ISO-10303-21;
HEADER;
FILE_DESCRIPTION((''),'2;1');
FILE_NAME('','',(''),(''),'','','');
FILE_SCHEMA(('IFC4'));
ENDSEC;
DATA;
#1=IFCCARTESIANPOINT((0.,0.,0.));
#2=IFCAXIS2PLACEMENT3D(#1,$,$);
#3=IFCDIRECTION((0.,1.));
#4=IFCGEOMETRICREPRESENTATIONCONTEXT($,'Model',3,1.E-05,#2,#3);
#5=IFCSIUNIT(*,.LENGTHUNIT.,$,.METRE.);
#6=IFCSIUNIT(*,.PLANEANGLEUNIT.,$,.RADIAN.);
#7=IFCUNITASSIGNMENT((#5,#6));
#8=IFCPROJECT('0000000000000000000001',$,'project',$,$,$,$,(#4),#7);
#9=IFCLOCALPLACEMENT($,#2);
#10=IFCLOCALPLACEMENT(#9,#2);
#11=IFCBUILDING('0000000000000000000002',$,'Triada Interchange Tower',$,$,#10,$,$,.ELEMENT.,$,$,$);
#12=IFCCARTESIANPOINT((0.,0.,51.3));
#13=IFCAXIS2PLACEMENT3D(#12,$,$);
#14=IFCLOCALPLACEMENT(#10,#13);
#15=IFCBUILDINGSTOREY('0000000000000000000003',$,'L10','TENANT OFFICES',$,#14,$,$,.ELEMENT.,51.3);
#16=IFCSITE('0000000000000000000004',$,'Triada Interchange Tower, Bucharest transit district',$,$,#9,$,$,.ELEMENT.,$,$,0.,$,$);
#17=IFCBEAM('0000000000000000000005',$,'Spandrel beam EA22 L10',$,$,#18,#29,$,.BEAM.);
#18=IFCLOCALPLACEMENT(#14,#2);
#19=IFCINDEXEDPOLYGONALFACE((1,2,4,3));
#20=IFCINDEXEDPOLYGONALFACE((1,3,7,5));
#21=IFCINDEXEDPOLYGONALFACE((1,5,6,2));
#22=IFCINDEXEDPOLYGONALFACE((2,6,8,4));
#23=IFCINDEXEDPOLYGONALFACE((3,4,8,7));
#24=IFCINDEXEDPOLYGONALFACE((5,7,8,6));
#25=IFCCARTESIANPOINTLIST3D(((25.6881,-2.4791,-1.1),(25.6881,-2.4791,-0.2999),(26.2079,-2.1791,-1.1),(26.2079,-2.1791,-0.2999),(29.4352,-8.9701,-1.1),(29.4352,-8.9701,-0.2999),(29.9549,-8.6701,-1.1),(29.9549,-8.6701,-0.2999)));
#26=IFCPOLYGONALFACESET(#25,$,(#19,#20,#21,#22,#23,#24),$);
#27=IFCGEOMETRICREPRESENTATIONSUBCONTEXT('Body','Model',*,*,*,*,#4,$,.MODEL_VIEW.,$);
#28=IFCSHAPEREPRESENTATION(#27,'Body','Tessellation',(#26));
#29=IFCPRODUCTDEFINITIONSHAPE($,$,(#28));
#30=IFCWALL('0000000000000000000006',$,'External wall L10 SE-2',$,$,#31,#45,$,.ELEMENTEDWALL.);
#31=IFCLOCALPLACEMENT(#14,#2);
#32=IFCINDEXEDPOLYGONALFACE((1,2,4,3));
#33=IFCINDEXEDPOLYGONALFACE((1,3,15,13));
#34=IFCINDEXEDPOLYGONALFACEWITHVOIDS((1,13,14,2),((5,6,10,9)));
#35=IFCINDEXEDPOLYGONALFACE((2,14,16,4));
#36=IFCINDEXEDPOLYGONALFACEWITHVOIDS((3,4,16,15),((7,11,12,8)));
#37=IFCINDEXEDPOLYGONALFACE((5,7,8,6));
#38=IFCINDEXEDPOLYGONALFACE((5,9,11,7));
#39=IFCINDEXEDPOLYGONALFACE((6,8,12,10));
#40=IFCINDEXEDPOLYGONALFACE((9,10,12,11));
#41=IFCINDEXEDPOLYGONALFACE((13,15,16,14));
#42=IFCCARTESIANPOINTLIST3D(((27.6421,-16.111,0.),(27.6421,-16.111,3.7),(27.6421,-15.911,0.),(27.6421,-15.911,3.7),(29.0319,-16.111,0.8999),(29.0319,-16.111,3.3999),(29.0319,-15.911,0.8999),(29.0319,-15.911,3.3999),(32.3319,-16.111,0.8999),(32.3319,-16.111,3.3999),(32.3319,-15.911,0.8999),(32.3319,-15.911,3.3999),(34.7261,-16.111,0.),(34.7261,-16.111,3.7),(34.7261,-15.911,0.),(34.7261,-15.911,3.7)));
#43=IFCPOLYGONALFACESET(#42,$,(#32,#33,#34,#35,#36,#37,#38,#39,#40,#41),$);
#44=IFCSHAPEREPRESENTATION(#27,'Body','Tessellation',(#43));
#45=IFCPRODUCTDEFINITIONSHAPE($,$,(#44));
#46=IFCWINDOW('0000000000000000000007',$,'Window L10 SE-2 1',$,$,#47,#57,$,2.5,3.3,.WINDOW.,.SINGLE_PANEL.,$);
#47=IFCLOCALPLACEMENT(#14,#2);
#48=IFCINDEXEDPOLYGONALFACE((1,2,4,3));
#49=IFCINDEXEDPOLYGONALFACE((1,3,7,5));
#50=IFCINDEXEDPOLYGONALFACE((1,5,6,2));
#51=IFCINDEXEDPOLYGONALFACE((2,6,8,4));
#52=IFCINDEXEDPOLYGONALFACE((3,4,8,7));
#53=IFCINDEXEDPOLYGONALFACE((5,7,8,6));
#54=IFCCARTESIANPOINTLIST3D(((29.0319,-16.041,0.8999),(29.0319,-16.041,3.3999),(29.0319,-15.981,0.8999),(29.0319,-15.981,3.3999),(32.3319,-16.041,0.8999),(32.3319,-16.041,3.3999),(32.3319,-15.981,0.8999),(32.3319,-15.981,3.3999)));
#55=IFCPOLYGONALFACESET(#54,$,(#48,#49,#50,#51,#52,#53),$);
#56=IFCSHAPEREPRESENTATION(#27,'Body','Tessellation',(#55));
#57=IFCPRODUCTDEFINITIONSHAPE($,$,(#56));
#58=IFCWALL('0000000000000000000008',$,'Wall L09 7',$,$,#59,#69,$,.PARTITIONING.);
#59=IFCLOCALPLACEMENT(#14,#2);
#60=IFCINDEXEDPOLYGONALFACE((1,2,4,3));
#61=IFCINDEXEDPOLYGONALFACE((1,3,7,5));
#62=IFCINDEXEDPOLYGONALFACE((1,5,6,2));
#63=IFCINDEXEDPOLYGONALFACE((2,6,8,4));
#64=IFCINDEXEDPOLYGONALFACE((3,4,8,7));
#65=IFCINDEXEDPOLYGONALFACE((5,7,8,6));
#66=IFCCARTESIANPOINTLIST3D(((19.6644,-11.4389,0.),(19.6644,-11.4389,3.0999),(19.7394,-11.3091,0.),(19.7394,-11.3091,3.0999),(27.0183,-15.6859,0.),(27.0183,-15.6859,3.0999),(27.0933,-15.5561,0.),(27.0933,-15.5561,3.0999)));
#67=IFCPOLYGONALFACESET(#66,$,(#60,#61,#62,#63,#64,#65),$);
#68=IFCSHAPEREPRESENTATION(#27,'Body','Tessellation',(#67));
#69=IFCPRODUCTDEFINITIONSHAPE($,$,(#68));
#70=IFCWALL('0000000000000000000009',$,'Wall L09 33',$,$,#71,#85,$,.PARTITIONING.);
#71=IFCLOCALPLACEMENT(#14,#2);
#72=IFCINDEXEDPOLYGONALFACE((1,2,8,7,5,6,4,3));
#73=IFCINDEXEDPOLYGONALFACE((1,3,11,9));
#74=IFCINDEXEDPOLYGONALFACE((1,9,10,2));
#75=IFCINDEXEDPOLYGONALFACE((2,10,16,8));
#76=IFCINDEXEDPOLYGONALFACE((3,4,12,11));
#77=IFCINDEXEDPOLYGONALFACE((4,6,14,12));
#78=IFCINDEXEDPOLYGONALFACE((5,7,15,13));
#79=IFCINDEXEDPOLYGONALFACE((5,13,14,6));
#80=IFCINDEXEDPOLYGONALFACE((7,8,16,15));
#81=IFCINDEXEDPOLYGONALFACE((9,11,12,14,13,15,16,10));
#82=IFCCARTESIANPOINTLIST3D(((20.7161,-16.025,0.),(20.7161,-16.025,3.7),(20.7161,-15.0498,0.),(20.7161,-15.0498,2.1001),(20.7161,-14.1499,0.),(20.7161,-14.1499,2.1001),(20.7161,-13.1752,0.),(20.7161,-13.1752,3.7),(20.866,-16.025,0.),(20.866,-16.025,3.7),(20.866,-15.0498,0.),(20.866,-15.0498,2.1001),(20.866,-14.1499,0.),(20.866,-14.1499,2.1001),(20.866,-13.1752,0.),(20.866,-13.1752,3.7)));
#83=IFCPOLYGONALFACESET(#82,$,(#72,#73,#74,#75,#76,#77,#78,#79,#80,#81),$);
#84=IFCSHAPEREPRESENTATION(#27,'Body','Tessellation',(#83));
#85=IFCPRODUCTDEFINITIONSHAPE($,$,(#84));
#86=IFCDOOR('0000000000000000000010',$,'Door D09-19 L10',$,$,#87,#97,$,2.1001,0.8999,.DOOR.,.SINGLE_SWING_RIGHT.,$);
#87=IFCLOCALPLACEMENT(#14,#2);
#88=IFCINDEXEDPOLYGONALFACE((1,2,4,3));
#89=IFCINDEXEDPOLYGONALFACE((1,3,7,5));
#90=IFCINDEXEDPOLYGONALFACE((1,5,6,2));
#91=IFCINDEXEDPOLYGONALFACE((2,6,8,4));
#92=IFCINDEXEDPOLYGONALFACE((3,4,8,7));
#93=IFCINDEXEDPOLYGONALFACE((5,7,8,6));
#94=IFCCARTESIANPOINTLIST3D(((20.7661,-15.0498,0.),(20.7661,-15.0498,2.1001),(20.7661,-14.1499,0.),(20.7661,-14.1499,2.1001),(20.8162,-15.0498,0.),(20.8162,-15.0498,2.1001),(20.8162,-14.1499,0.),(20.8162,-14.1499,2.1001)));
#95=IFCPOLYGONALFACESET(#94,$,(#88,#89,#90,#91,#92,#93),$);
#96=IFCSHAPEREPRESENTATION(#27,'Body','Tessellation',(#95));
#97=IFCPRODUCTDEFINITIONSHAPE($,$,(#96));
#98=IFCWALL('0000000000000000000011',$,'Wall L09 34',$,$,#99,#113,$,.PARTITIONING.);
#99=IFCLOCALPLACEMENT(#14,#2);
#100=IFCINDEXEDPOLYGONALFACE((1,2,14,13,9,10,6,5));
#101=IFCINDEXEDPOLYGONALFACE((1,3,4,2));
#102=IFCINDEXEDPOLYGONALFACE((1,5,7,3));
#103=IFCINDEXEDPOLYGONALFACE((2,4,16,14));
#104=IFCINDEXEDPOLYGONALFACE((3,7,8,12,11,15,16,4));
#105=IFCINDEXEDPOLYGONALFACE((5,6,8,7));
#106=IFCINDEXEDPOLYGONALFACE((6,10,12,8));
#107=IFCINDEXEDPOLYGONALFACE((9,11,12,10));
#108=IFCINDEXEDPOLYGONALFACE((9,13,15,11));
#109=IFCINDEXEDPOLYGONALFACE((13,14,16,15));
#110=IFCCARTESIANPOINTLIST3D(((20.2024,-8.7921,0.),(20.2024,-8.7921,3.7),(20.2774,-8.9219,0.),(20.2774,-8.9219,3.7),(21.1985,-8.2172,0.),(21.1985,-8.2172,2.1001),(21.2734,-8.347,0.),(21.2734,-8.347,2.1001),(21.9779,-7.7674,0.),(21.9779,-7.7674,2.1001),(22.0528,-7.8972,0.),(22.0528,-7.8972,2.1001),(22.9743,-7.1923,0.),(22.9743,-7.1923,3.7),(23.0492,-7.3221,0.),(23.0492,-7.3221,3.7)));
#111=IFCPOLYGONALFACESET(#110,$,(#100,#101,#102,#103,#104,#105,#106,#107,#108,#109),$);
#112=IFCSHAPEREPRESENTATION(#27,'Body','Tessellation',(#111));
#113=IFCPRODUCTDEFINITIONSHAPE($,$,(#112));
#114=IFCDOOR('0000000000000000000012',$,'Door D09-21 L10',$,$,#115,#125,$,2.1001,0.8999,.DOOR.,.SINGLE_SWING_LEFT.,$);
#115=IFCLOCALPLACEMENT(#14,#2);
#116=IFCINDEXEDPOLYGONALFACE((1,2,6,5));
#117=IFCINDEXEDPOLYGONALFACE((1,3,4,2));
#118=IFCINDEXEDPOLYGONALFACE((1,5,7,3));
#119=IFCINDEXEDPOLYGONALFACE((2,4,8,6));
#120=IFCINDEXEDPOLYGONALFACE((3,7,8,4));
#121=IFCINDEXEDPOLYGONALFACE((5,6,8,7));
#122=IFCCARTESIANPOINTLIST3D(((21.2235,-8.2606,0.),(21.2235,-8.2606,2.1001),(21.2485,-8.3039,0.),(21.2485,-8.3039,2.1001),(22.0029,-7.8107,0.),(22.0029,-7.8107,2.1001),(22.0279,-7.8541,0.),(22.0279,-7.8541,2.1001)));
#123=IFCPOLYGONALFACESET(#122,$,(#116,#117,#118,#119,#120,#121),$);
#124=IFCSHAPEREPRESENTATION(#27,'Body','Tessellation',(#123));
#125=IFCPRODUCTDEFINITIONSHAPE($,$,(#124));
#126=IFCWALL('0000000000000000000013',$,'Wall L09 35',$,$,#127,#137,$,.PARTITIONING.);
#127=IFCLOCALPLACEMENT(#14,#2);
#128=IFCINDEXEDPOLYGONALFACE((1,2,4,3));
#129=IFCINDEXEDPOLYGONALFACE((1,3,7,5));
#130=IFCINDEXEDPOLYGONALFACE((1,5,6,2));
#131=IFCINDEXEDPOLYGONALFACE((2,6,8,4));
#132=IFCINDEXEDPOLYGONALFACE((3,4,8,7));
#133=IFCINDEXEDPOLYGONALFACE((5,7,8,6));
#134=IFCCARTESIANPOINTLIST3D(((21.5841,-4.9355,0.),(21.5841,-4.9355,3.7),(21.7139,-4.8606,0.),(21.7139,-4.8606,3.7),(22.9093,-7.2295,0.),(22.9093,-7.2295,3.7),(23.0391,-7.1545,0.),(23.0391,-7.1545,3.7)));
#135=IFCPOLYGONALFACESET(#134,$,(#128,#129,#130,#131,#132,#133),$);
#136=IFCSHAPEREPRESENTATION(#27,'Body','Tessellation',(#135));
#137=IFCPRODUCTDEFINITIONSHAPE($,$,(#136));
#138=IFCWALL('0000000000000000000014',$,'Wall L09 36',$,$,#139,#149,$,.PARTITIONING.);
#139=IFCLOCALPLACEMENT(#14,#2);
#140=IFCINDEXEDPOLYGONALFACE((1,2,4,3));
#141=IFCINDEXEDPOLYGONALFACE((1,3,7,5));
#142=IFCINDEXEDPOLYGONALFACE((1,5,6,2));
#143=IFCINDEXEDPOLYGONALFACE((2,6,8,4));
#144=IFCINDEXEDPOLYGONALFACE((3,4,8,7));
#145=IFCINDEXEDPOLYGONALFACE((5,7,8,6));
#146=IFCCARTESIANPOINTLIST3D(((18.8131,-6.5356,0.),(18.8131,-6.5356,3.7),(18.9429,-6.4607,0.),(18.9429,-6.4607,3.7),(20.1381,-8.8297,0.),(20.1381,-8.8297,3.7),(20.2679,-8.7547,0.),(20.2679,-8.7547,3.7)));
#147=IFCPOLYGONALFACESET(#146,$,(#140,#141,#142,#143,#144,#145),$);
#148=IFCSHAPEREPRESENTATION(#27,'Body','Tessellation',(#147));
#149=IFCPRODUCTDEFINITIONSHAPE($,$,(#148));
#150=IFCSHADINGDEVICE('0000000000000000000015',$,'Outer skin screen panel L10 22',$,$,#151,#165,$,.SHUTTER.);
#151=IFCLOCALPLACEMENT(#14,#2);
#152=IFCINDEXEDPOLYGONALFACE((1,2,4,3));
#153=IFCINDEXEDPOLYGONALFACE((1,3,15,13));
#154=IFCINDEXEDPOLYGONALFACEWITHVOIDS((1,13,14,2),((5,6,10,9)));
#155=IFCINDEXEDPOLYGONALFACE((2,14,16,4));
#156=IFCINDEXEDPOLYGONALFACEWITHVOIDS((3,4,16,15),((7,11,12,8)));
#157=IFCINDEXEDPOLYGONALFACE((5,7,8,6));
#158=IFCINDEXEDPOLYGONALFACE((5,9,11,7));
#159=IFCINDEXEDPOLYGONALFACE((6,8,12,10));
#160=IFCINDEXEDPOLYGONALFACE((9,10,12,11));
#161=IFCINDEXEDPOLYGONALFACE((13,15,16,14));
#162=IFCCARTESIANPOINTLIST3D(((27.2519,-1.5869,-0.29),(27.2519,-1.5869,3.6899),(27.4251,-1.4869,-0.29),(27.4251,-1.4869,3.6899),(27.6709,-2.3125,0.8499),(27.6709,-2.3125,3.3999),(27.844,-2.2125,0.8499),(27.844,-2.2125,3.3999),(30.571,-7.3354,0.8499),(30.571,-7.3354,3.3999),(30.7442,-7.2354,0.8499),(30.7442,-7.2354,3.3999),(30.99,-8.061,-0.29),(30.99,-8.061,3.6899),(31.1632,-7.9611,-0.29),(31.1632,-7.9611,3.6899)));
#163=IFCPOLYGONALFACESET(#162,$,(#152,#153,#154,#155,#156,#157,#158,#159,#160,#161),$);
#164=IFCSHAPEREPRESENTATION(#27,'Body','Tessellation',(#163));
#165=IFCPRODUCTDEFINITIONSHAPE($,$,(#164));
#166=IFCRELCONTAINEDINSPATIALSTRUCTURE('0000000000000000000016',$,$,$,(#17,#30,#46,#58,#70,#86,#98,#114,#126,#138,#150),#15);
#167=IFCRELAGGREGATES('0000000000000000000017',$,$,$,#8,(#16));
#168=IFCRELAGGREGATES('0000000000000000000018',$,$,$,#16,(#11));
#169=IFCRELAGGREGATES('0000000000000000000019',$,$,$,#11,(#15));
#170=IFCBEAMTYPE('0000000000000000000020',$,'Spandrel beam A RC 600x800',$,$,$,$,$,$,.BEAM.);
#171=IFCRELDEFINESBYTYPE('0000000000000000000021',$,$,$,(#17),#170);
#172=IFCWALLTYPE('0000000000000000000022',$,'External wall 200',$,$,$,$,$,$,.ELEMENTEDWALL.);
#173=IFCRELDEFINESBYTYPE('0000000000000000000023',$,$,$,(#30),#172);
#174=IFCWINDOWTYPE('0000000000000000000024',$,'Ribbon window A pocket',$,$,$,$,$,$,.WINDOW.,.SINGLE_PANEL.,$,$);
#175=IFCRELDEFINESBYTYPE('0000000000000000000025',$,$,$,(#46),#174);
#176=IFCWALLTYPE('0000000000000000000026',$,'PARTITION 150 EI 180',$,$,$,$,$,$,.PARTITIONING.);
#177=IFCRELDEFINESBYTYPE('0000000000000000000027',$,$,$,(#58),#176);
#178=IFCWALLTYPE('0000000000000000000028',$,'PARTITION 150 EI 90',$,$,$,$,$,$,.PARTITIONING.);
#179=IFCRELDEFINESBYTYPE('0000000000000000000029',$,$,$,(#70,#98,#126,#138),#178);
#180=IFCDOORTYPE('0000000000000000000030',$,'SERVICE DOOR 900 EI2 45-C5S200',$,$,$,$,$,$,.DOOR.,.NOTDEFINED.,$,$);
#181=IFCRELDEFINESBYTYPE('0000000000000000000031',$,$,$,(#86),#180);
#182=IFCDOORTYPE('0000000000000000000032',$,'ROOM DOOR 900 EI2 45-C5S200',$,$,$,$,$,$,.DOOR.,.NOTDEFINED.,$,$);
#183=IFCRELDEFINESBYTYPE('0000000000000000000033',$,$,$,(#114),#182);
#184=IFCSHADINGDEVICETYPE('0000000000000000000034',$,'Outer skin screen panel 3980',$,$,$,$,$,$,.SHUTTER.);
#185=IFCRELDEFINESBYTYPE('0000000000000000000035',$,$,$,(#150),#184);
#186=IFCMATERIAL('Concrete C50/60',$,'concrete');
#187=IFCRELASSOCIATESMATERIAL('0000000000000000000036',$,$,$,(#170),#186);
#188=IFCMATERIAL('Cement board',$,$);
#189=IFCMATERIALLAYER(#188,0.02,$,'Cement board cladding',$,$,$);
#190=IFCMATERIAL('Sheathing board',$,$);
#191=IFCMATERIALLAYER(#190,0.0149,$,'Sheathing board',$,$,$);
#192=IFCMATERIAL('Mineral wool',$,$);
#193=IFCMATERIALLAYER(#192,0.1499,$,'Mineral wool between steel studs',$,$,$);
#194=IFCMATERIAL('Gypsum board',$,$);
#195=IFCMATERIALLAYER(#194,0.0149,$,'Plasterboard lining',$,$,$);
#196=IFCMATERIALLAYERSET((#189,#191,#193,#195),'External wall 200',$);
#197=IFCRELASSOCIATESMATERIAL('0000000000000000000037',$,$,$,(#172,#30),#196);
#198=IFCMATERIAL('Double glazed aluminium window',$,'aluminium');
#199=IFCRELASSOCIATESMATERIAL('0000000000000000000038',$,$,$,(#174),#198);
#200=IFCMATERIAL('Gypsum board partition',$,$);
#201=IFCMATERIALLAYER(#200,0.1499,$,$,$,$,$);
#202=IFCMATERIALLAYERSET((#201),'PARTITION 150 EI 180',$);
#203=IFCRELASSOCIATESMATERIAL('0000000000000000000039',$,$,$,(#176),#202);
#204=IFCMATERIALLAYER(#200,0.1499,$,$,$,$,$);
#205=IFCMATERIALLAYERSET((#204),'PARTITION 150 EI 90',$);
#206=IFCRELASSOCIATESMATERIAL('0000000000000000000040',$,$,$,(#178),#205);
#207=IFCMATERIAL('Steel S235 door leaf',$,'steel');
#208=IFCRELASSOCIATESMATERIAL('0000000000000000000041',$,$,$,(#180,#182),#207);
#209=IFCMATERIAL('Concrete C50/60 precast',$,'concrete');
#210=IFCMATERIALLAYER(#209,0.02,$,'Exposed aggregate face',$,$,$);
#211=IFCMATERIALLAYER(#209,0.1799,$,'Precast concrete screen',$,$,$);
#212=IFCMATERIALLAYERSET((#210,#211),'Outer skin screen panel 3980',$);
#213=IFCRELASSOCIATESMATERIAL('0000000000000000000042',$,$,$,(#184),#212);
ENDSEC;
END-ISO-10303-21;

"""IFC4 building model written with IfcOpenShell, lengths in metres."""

from ifc_helpers import new_model, si_unit, direction, frame, frame_2d, origin, origin_2d, place, context, subcontext, project, spatial, polyline, rectangle, outline, extrude, material, layer, layer_set, layer_usage, material_profile, profile_set, type_object, element, fill, save


model = new_model("IFC4")

# Units and contexts
model_context = context("Model", 3, precision=1e-05, world=origin(), true_north=direction((0.0, 1.0)))
body_context = subcontext(model_context, "Body", "Model", "MODEL_VIEW")
ifc_project = project(units=[si_unit("LENGTHUNIT", "METRE"), si_unit("PLANEANGLEUNIT", "RADIAN")], contexts=[model_context])

# Site, building, storey
site_placement = place(None, origin())
site = spatial("IfcSite", under=ifc_project, at=site_placement, Name="Triada Interchange Tower, Bucharest transit district", CompositionType="ELEMENT", RefElevation=0.0)
building_placement = place(site_placement, origin())
building = spatial("IfcBuilding", under=site, at=building_placement, Name="Triada Interchange Tower", CompositionType="ELEMENT")
storey_placement = place(building_placement, frame((0.0, 0.0, 51.3)))
storey = spatial("IfcBuildingStorey", under=building, at=storey_placement, Name="L10", Description="TENANT OFFICES", CompositionType="ELEMENT", Elevation=51.3)

# Beam
ifc_material_1 = material(Name="Concrete C50/60", Category="concrete")
ifc_material_profile_1 = material_profile(ifc_material_1, rectangle(XDim=0.6001, YDim=0.8, at=origin_2d()), Name="RC 600x800")
ifc_profile_set_1 = profile_set([ifc_material_profile_1], Name="Concrete C50/60")
beam_type_1 = type_object("IfcBeamType", Name="Spandrel beam A RC 600x800", PredefinedType="BEAM", material=ifc_profile_set_1)
beam_1_placement = place(storey_placement, frame((29.6951, -8.8201, -0.7), z_axis=(-0.499951, 0.866054, 0.0), x_axis=(-0.866054, -0.499951, 0.0)))
element("IfcBeam", 1, at=beam_1_placement, inside=storey, type_object=beam_type_1, Name="Spandrel beam EA22 L10", PredefinedType="BEAM", context=body_context, shape_type="SweptSolid", body=[
    extrude(rectangle(XDim=0.6001, YDim=0.8, at=origin_2d()), origin(), (0.0, 0.0, 1.0), 7.4949),
])

# Wall, opening, window
ifc_material_2 = material(Name="Cement board")
ifc_layer_1 = layer(ifc_material_2, 0.02, Name="Cement board cladding")
ifc_material_3 = material(Name="Sheathing board")
ifc_layer_2 = layer(ifc_material_3, 0.0149, Name="Sheathing board")
ifc_material_4 = material(Name="Mineral wool")
ifc_layer_3 = layer(ifc_material_4, 0.1499, Name="Mineral wool between steel studs")
ifc_material_5 = material(Name="Gypsum board")
ifc_layer_4 = layer(ifc_material_5, 0.0149, Name="Plasterboard lining")
ifc_layer_set_1 = layer_set([ifc_layer_1, ifc_layer_2, ifc_layer_3, ifc_layer_4], Name="External wall 200")
ifc_layer_usage = layer_usage(ifc_layer_set_1, "AXIS2", "POSITIVE", -0.1001)
wall_type_1 = type_object("IfcWallType", Name="External wall 200", PredefinedType="ELEMENTEDWALL", material=ifc_layer_set_1)
wall_1_placement = place(storey_placement, frame((27.6421, -16.011, 0.0), z_axis=(0.0, 0.0, 1.0), x_axis=(1.0, 0.0, 0.0)))
wall_1 = element("IfcWall", 2, at=wall_1_placement, inside=storey, type_object=wall_type_1, material=ifc_layer_usage, Name="External wall L10 SE-2", PredefinedType="ELEMENTEDWALL", context=body_context, shape_type="SweptSolid", body=[
    extrude(rectangle(XDim=7.084, YDim=0.2, at=frame_2d((3.542, 0.0))), origin(), (0.0, 0.0, 1.0), 3.7),
])
opening_1_placement = place(wall_1_placement, frame((1.3899, 0.0, 0.8999)))
opening_1 = element("IfcOpeningElement", 3, at=opening_1_placement, cuts=wall_1, PredefinedType="OPENING", context=body_context, shape_type="SweptSolid", body=[
    extrude(rectangle(XDim=3.3, YDim=2.5, at=frame_2d((1.6499, 1.25))), frame((0.0, 0.1099, 0.0), z_axis=(0.0, -1.0, 0.0), x_axis=(1.0, 0.0, 0.0)), (0.0, 0.0, 1.0), 0.22),
])
ifc_material_6 = material(Name="Double glazed aluminium window", Category="aluminium")
window_type = type_object("IfcWindowType", Name="Ribbon window A pocket", PartitioningType="SINGLE_PANEL", PredefinedType="WINDOW", material=ifc_material_6)
window_placement = place(opening_1_placement, origin())
window = element("IfcWindow", 4, at=window_placement, inside=storey, type_object=window_type, Name="Window L10 SE-2 1", OverallHeight=2.5, OverallWidth=3.3, PartitioningType="SINGLE_PANEL", PredefinedType="WINDOW", context=body_context, shape_type="SweptSolid", body=[
    extrude(rectangle(XDim=3.3, YDim=2.5, at=frame_2d((1.6499, 1.25))), frame((0.0, 0.03, 0.0), z_axis=(0.0, -1.0, 0.0), x_axis=(1.0, 0.0, 0.0)), (0.0, 0.0, 1.0), 0.0601),
])
fill(opening_1, window)

# Wall
ifc_material_7 = material(Name="Gypsum board partition")
ifc_layer_5 = layer(ifc_material_7, 0.1499)
ifc_layer_set_2 = layer_set([ifc_layer_5], Name="PARTITION 150 EI 180")
wall_type_2 = type_object("IfcWallType", Name="PARTITION 150 EI 180", PredefinedType="PARTITIONING", material=ifc_layer_set_2)
wall_2_placement = place(storey_placement, frame((19.7019, -11.374, 0.0), z_axis=(0.0, 0.0, 1.0), x_axis=(0.865962, -0.500109, 0.0)))
element("IfcWall", 5, at=wall_2_placement, inside=storey, type_object=wall_type_2, Name="Wall L09 7", PredefinedType="PARTITIONING", context=body_context, shape_type="SweptSolid", body=[
    extrude(rectangle(XDim=8.4922, YDim=0.1499, at=frame_2d((4.2461, 0.0))), origin(), (0.0, 0.0, 1.0), 3.0999),
])

# Walls, openings, doors
ifc_layer_6 = layer(ifc_material_7, 0.1499)
ifc_layer_set_3 = layer_set([ifc_layer_6], Name="PARTITION 150 EI 90")
wall_type_3 = type_object("IfcWallType", Name="PARTITION 150 EI 90", PredefinedType="PARTITIONING", material=ifc_layer_set_3)
wall_3_placement = place(storey_placement, frame((20.791, -16.0249, 0.0), z_axis=(0.0, 0.0, 1.0), x_axis=(0.0, 1.0, 0.0)))
wall_3 = element("IfcWall", 6, at=wall_3_placement, inside=storey, type_object=wall_type_3, Name="Wall L09 33", PredefinedType="PARTITIONING", context=body_context, shape_type="SweptSolid", body=[
    extrude(rectangle(XDim=2.8499, YDim=0.1499, at=frame_2d((1.4248, 0.0))), origin(), (0.0, 0.0, 1.0), 3.7),
])
opening_2_placement = place(wall_3_placement, frame((0.9751, 0.0, 0.0)))
opening_2 = element("IfcOpeningElement", 7, at=opening_2_placement, cuts=wall_3, PredefinedType="OPENING", context=body_context, shape_type="SweptSolid", body=[
    extrude(rectangle(XDim=0.8999, YDim=2.1001, at=frame_2d((0.45, 1.05))), frame((0.0, 0.085, 0.0), z_axis=(0.0, -1.0, 0.0), x_axis=(1.0, 0.0, 0.0)), (0.0, 0.0, 1.0), 0.1699),
])
ifc_material_8 = material(Name="Steel S235 door leaf", Category="steel")
door_type_1 = type_object("IfcDoorType", Name="SERVICE DOOR 900 EI2 45-C5S200", OperationType="NOTDEFINED", PredefinedType="DOOR", material=ifc_material_8)
door_1_placement = place(opening_2_placement, origin())
door_1 = element("IfcDoor", 8, at=door_1_placement, inside=storey, type_object=door_type_1, Name="Door D09-19 L10", OperationType="SINGLE_SWING_RIGHT", OverallHeight=2.1001, OverallWidth=0.8999, PredefinedType="DOOR", context=body_context, shape_type="SweptSolid", body=[
    extrude(rectangle(XDim=0.8999, YDim=2.1001, at=frame_2d((0.45, 1.05))), frame((0.0, 0.0249, 0.0), z_axis=(0.0, -1.0, 0.0), x_axis=(1.0, 0.0, 0.0)), (0.0, 0.0, 1.0), 0.05),
])
fill(opening_2, door_1)
wall_4_placement = place(storey_placement, frame((20.24, -8.8569, 0.0), z_axis=(0.0, 0.0, 1.0), x_axis=(0.866099, 0.499872, 0.0)))
wall_4 = element("IfcWall", 9, at=wall_4_placement, inside=storey, type_object=wall_type_3, Name="Wall L09 34", PredefinedType="PARTITIONING", context=body_context, shape_type="SweptSolid", body=[
    extrude(rectangle(XDim=3.2004, YDim=0.1499, at=frame_2d((1.6001, 0.0))), origin(), (0.0, 0.0, 1.0), 3.7),
])
opening_3_placement = place(wall_4_placement, frame((1.1499, 0.0, 0.0)))
opening_3 = element("IfcOpeningElement", 10, at=opening_3_placement, cuts=wall_4, PredefinedType="OPENING", context=body_context, shape_type="SweptSolid", body=[
    extrude(rectangle(XDim=0.8999, YDim=2.1001, at=frame_2d((0.45, 1.05))), frame((0.0, 0.085, 0.0), z_axis=(0.0, -1.0, 0.0), x_axis=(1.0, 0.0, 0.0)), (0.0, 0.0, 1.0), 0.1699),
])
door_type_2 = type_object("IfcDoorType", Name="ROOM DOOR 900 EI2 45-C5S200", OperationType="NOTDEFINED", PredefinedType="DOOR", material=ifc_material_8)
door_2_placement = place(opening_3_placement, origin())
door_2 = element("IfcDoor", 11, at=door_2_placement, inside=storey, type_object=door_type_2, Name="Door D09-21 L10", OperationType="SINGLE_SWING_LEFT", OverallHeight=2.1001, OverallWidth=0.8999, PredefinedType="DOOR", context=body_context, shape_type="SweptSolid", body=[
    extrude(rectangle(XDim=0.8999, YDim=2.1001, at=frame_2d((0.45, 1.05))), frame((0.0, 0.0249, 0.0), z_axis=(0.0, -1.0, 0.0), x_axis=(1.0, 0.0, 0.0)), (0.0, 0.0, 1.0), 0.05),
])
fill(opening_3, door_2)

# Walls
for number, where, z_axis, x_axis, name in (
    (12, (21.6489, -4.8979, 0.0), (0.0, 0.0, 1.0), (0.500222, -0.865897, 0.0), "Wall L09 35"),
    (13, (18.8779, -6.498, 0.0), (0.0, 0.0, 1.0), (0.500153, -0.865937, 0.0), "Wall L09 36"),
):
    element("IfcWall", number, at=place(storey_placement, frame(where, z_axis=z_axis, x_axis=x_axis)), inside=storey, type_object=wall_type_3, Name=name, PredefinedType="PARTITIONING", context=body_context, shape_type="SweptSolid", body=[
        extrude(rectangle(XDim=2.6492, YDim=0.1499, at=frame_2d((1.3247, 0.0))), origin(), (0.0, 0.0, 1.0), 3.7),
    ])

# Shading device
ifc_material_9 = material(Name="Concrete C50/60 precast", Category="concrete")
ifc_layer_7 = layer(ifc_material_9, 0.02, Name="Exposed aggregate face")
ifc_layer_8 = layer(ifc_material_9, 0.1799, Name="Precast concrete screen")
ifc_layer_set_4 = layer_set([ifc_layer_7, ifc_layer_8], Name="Outer skin screen panel 3980")
shading_device_type = type_object("IfcShadingDeviceType", Name="Outer skin screen panel 3980", PredefinedType="SHUTTER", material=ifc_layer_set_4)
shading_device_placement = place(storey_placement, frame((30.99, -8.061, -0.29), z_axis=(0.0, 0.0, 1.0), x_axis=(-0.50002, 0.866014, 0.0)))
element("IfcShadingDevice", 14, at=shading_device_placement, inside=storey, type_object=shading_device_type, Name="Outer skin screen panel L10 22", PredefinedType="SHUTTER", context=body_context, shape_type="SweptSolid", body=[
    extrude(outline(polyline([(0.0, 0.0), (7.4758, 0.0), (7.4758, 3.98), (0.0, 3.98), (0.0, 0.0)]), holes=[polyline([(0.8379, 1.1399), (0.8379, 3.6899), (6.6379, 3.6899), (6.6379, 1.1399), (0.8379, 1.1399)])]), frame((0.0, 0.0, 0.0), z_axis=(0.0, -1.0, 0.0), x_axis=(1.0, 0.0, 0.0)), (0.0, 0.0, 1.0), 0.2),
])

save(model, "model.ifc")
